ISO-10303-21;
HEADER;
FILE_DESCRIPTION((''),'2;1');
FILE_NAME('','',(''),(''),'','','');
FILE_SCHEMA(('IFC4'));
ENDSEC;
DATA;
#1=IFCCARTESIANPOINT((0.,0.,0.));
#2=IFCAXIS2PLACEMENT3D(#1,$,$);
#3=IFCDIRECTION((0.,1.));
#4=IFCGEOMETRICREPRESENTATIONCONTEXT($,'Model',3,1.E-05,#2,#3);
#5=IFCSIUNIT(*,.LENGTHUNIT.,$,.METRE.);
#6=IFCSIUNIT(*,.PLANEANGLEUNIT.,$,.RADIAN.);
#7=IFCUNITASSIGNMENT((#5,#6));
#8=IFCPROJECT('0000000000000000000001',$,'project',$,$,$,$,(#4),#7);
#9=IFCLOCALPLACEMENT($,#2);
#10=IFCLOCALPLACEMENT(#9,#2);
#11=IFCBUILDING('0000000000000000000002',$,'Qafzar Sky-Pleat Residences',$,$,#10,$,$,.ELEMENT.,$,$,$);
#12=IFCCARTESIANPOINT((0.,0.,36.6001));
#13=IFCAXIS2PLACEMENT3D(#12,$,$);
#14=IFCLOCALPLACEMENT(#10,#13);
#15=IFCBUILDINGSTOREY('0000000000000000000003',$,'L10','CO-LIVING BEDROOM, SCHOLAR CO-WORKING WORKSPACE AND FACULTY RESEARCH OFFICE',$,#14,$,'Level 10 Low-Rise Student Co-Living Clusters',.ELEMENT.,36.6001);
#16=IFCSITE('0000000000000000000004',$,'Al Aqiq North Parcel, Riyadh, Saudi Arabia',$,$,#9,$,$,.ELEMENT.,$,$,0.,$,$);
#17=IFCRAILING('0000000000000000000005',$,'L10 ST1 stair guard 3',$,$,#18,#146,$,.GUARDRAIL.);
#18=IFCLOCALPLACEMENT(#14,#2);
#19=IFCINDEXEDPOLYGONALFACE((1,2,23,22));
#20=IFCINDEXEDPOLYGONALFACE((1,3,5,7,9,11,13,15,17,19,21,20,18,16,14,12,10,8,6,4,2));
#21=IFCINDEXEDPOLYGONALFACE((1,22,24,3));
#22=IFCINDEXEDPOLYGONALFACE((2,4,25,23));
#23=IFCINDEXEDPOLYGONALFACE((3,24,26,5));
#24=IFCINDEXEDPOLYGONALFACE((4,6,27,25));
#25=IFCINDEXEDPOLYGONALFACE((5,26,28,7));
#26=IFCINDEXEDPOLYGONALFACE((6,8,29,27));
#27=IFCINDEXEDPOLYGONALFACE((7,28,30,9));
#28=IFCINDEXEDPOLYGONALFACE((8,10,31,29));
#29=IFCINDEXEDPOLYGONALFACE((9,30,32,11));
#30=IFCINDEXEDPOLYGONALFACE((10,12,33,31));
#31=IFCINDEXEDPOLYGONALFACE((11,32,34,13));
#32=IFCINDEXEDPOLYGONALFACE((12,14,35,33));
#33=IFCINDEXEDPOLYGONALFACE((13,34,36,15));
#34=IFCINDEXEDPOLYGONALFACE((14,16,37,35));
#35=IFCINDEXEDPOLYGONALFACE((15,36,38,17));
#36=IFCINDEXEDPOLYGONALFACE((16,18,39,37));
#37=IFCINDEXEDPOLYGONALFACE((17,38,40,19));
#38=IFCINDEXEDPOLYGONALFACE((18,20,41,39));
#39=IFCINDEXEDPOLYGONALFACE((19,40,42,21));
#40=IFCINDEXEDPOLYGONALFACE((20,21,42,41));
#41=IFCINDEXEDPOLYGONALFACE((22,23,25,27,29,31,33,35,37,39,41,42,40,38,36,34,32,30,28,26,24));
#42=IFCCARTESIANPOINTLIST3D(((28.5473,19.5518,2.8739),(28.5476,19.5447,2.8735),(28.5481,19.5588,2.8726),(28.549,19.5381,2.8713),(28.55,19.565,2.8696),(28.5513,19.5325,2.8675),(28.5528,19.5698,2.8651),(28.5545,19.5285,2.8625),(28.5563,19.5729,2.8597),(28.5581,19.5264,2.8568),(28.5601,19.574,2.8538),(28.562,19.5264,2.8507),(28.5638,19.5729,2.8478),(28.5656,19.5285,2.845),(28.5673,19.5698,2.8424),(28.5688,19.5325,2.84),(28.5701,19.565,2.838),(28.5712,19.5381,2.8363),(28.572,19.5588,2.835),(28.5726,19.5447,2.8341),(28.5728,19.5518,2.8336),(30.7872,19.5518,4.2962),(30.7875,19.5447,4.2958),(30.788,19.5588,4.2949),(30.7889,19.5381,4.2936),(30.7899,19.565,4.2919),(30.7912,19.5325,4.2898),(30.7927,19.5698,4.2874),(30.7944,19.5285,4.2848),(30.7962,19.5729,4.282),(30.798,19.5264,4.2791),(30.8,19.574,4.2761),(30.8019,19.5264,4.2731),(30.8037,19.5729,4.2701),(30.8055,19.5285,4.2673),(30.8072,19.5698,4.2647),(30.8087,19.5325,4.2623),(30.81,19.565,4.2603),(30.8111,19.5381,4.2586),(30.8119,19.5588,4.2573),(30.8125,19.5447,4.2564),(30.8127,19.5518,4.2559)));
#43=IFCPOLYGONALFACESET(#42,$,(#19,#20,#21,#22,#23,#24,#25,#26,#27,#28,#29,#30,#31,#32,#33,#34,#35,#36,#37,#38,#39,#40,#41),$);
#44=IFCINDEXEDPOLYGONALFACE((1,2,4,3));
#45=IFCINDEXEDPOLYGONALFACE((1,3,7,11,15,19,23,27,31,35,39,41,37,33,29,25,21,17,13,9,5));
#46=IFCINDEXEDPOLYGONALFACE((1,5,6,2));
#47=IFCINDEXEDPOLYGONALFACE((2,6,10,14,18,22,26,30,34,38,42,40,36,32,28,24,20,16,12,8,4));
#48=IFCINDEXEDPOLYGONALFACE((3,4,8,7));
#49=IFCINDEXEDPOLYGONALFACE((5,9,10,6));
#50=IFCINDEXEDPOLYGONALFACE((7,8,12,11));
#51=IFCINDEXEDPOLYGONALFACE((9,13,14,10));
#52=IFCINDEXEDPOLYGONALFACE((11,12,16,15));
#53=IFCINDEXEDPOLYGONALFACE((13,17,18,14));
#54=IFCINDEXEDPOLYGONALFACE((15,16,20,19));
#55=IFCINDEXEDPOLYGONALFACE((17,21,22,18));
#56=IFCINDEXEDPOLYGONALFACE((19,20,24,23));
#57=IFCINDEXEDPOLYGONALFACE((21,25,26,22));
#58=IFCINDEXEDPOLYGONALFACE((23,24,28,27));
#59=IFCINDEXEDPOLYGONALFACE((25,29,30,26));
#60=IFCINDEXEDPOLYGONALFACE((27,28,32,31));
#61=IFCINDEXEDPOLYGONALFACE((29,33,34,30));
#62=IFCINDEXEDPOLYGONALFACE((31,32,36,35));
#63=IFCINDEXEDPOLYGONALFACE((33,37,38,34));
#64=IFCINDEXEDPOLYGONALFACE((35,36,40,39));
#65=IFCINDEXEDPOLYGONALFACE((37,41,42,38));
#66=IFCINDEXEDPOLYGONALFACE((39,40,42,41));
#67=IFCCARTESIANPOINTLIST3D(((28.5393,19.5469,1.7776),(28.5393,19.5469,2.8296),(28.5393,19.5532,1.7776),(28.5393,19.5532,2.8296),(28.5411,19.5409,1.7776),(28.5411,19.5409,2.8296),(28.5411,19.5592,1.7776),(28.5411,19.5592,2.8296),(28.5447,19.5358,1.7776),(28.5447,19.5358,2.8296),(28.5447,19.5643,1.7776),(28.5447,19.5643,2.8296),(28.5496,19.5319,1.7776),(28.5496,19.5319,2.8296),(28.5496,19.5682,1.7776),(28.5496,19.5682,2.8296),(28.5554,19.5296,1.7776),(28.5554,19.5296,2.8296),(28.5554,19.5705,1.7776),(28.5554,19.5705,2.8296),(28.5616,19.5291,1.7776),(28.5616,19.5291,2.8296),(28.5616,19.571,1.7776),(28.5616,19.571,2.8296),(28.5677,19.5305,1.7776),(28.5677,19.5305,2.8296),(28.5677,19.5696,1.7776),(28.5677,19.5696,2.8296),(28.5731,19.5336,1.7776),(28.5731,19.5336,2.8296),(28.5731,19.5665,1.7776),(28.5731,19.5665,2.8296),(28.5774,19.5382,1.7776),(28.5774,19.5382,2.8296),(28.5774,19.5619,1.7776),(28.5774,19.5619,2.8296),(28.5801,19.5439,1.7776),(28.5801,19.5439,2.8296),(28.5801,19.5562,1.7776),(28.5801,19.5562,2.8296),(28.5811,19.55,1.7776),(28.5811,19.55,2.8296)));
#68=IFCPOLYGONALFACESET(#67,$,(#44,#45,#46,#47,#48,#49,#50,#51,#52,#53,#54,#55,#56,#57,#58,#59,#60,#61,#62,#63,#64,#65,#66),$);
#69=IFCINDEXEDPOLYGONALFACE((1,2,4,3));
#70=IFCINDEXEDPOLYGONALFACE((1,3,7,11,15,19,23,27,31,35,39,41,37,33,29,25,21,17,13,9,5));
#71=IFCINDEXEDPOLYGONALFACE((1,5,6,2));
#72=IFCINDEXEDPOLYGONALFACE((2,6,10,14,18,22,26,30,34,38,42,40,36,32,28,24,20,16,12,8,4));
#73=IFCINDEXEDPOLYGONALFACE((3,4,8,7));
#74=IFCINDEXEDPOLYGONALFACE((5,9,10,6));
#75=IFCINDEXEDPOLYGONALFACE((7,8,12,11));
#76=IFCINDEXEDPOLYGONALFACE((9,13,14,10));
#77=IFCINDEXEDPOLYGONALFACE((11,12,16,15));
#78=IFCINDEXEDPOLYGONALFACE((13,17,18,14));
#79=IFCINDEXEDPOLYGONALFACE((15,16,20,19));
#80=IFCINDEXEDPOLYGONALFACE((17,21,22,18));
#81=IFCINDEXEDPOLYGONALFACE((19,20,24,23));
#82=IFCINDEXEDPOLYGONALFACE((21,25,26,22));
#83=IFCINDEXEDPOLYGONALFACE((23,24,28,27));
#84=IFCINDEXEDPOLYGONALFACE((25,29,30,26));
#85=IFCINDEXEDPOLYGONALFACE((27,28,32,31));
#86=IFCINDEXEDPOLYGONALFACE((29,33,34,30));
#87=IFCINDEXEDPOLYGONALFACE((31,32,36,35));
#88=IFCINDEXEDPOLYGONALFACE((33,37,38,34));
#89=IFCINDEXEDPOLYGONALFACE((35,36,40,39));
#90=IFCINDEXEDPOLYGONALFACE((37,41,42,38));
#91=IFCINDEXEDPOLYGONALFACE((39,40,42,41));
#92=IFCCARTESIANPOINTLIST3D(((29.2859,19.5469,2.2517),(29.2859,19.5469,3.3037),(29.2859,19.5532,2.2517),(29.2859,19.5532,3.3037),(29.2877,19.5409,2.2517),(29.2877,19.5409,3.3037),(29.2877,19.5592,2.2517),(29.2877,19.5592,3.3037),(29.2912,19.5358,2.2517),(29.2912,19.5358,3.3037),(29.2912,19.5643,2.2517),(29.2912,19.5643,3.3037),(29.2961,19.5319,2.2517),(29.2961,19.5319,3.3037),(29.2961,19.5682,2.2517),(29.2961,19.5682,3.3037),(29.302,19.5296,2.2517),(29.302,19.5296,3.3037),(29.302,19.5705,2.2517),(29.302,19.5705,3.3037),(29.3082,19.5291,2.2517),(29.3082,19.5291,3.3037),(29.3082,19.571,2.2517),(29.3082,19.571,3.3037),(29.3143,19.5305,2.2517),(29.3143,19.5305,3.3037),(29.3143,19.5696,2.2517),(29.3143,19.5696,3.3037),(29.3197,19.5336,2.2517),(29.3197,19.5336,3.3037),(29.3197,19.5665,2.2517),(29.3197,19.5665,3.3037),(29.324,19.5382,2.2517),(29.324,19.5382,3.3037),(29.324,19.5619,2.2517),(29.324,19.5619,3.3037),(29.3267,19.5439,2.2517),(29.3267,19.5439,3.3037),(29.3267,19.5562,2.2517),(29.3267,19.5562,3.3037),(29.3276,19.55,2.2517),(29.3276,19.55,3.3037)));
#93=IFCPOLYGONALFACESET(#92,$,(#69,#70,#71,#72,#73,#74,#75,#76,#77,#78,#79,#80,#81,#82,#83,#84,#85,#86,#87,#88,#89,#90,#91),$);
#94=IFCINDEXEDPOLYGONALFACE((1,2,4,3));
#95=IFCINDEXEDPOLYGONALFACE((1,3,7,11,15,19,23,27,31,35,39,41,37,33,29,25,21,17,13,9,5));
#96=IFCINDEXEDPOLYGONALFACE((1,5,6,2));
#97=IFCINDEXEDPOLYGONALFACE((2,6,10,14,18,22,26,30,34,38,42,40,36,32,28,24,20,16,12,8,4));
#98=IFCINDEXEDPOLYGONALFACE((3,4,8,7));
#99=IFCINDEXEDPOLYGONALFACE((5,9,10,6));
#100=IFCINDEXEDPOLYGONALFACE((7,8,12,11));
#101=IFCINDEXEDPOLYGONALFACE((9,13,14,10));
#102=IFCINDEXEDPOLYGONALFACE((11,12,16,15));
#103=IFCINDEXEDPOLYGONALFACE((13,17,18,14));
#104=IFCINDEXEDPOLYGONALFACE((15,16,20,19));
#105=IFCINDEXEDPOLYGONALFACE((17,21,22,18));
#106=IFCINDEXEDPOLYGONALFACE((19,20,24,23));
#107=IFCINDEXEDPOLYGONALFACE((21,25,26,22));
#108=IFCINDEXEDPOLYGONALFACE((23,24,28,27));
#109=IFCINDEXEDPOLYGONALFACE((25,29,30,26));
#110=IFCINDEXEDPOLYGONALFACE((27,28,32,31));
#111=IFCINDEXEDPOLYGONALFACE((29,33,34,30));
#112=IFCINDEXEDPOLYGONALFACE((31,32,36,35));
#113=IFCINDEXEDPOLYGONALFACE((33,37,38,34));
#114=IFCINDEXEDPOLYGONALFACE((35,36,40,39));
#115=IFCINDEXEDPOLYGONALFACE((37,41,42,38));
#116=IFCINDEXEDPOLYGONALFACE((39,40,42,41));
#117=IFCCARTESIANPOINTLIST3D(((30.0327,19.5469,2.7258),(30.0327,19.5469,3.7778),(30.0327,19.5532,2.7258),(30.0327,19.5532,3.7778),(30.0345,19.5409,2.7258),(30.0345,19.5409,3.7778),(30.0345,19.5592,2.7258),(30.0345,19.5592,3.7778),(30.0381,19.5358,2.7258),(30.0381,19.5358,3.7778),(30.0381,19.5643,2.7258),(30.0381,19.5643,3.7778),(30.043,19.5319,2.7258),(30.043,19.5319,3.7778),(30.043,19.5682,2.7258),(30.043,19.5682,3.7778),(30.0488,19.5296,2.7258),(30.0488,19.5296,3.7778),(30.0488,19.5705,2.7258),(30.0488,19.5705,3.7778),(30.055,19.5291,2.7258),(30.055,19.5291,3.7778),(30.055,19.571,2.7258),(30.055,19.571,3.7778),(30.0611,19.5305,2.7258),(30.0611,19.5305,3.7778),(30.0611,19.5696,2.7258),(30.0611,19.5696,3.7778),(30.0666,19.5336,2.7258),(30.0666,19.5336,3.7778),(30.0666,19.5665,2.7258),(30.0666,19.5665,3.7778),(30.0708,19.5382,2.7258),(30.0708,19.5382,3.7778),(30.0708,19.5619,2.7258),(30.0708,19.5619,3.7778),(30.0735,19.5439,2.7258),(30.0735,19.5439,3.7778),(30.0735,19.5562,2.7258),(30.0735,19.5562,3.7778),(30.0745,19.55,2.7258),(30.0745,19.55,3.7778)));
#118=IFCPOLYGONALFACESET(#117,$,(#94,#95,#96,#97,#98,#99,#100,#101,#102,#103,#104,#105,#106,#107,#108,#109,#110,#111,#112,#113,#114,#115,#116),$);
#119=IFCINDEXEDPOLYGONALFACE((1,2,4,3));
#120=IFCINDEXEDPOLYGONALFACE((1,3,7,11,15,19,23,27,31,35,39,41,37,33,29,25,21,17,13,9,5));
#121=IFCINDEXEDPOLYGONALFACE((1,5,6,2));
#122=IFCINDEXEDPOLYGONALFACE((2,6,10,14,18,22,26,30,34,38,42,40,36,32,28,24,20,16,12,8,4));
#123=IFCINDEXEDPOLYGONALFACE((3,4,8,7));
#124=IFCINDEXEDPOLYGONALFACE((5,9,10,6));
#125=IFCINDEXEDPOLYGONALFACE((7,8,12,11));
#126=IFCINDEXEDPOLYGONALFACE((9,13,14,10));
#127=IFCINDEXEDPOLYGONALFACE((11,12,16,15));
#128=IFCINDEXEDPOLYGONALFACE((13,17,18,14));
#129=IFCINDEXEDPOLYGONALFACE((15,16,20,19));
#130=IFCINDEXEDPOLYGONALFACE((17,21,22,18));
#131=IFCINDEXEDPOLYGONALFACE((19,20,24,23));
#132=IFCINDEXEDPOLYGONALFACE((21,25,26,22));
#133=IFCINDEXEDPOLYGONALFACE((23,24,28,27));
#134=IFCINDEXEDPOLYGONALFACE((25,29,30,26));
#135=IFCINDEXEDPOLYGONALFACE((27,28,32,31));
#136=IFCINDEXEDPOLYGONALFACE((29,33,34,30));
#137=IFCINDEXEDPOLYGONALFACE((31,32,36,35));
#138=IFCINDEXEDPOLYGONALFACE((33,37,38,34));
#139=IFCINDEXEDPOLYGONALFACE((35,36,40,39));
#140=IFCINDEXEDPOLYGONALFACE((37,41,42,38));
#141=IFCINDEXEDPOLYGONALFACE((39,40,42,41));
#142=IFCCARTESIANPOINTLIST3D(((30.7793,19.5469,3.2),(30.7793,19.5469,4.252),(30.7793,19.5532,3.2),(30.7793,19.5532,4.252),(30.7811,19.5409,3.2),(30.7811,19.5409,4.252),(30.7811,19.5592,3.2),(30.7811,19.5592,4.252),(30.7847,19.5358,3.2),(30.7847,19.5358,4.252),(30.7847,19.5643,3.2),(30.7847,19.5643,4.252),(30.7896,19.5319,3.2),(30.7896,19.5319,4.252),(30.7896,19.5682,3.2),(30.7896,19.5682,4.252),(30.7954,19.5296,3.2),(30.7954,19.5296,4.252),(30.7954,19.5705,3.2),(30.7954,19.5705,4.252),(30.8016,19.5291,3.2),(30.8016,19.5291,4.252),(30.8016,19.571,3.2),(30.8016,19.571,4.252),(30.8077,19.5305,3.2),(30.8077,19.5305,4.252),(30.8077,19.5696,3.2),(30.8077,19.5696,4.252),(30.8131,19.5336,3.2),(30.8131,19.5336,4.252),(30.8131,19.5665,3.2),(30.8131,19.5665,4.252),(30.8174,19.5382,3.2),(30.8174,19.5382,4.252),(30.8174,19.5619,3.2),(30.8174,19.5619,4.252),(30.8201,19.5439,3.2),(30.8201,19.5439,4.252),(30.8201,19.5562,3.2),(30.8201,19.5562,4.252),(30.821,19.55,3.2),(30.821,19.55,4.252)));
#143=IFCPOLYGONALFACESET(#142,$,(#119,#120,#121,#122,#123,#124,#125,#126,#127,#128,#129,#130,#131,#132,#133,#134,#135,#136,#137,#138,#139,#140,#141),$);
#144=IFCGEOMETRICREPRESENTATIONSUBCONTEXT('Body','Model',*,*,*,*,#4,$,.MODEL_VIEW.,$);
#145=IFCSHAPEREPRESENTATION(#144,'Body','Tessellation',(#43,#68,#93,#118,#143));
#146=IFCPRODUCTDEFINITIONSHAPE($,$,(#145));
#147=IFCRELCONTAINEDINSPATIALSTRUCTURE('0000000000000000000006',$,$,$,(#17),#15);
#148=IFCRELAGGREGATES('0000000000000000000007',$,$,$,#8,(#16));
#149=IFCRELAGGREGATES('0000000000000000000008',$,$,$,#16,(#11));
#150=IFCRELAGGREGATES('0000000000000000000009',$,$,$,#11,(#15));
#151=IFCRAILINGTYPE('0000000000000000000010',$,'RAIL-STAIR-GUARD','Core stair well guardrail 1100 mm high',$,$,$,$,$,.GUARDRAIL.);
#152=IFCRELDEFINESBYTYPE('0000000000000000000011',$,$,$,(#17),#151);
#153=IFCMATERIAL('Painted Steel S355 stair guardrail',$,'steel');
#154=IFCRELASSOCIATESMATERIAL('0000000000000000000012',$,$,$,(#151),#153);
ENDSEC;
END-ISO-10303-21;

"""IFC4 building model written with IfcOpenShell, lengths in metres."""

from ifc_helpers import new_model, si_unit, direction, frame, origin, origin_2d, place, context, subcontext, project, spatial, circle, extrude, source, transform, mapped, material, type_object, element, save


model = new_model("IFC4")

# Units and contexts
model_context = context("Model", 3, precision=1e-05, world=origin(), true_north=direction((0.0, 1.0)))
body_context = subcontext(model_context, "Body", "Model", "MODEL_VIEW")
ifc_project = project(units=[si_unit("LENGTHUNIT", "METRE"), si_unit("PLANEANGLEUNIT", "RADIAN")], contexts=[model_context])

# Site, building, storey
site_placement = place(None, origin())
site = spatial("IfcSite", under=ifc_project, at=site_placement, Name="Al Aqiq North Parcel, Riyadh, Saudi Arabia", CompositionType="ELEMENT", RefElevation=0.0)
building_placement = place(site_placement, origin())
building = spatial("IfcBuilding", under=site, at=building_placement, Name="Qafzar Sky-Pleat Residences", CompositionType="ELEMENT")
storey_placement = place(building_placement, frame((0.0, 0.0, 36.6001)))
storey = spatial("IfcBuildingStorey", under=building, at=storey_placement, Name="L10", Description="CO-LIVING BEDROOM, SCHOLAR CO-WORKING WORKSPACE AND FACULTY RESEARCH OFFICE", LongName="Level 10 Low-Rise Student Co-Living Clusters", CompositionType="ELEMENT", Elevation=36.6001)

# Railing
ifc_material_1 = material(Name="Painted Steel S355 stair guardrail", Category="steel")
railing_type_1 = type_object("IfcRailingType", Name="RAIL-STAIR-GUARD", Description="Core stair well guardrail 1100 mm high", PredefinedType="GUARDRAIL", material=ifc_material_1)
shared_shape_1 = source(origin(), body_context, "Body", "SweptSolid", [
    extrude(circle(Radius=0.0239, at=origin_2d()), frame((0.0, 0.0, 1.0762), z_axis=(0.844188, 0.0, 0.536048), x_axis=(0.0, 1.0, 0.0)), (0.0, 0.0, 1.0), 2.6533),
    extrude(circle(Radius=0.021, at=origin_2d()), origin(), (0.0, 0.0, 1.0), 1.052),
    extrude(circle(Radius=0.021, at=origin_2d()), frame((0.7466, 0.0, 0.4741)), (0.0, 0.0, 1.0), 1.052),
    extrude(circle(Radius=0.021, at=origin_2d()), frame((1.4934, 0.0, 0.9482)), (0.0, 0.0, 1.0), 1.052),
    extrude(circle(Radius=0.021, at=origin_2d()), frame((2.24, 0.0, 1.4224)), (0.0, 0.0, 1.0), 1.052),
])
railing_1_placement = place(storey_placement, frame((28.5601, 19.55, 1.7776)))
element("IfcRailing", 1, at=railing_1_placement, inside=storey, type_object=railing_type_1, Name="L10 ST1 stair guard 3", PredefinedType="GUARDRAIL", context=body_context, shape_type="MappedRepresentation", body=[
    mapped(shared_shape_1, transform((0.0, 0.0, 0.0), x_axis=(1.0, 0.0, 0.0), y_axis=(0.0, 1.0, 0.0), z_axis=(0.0, 0.0, 1.0), scale=1.0)),
])

save(model, "model.ifc")
